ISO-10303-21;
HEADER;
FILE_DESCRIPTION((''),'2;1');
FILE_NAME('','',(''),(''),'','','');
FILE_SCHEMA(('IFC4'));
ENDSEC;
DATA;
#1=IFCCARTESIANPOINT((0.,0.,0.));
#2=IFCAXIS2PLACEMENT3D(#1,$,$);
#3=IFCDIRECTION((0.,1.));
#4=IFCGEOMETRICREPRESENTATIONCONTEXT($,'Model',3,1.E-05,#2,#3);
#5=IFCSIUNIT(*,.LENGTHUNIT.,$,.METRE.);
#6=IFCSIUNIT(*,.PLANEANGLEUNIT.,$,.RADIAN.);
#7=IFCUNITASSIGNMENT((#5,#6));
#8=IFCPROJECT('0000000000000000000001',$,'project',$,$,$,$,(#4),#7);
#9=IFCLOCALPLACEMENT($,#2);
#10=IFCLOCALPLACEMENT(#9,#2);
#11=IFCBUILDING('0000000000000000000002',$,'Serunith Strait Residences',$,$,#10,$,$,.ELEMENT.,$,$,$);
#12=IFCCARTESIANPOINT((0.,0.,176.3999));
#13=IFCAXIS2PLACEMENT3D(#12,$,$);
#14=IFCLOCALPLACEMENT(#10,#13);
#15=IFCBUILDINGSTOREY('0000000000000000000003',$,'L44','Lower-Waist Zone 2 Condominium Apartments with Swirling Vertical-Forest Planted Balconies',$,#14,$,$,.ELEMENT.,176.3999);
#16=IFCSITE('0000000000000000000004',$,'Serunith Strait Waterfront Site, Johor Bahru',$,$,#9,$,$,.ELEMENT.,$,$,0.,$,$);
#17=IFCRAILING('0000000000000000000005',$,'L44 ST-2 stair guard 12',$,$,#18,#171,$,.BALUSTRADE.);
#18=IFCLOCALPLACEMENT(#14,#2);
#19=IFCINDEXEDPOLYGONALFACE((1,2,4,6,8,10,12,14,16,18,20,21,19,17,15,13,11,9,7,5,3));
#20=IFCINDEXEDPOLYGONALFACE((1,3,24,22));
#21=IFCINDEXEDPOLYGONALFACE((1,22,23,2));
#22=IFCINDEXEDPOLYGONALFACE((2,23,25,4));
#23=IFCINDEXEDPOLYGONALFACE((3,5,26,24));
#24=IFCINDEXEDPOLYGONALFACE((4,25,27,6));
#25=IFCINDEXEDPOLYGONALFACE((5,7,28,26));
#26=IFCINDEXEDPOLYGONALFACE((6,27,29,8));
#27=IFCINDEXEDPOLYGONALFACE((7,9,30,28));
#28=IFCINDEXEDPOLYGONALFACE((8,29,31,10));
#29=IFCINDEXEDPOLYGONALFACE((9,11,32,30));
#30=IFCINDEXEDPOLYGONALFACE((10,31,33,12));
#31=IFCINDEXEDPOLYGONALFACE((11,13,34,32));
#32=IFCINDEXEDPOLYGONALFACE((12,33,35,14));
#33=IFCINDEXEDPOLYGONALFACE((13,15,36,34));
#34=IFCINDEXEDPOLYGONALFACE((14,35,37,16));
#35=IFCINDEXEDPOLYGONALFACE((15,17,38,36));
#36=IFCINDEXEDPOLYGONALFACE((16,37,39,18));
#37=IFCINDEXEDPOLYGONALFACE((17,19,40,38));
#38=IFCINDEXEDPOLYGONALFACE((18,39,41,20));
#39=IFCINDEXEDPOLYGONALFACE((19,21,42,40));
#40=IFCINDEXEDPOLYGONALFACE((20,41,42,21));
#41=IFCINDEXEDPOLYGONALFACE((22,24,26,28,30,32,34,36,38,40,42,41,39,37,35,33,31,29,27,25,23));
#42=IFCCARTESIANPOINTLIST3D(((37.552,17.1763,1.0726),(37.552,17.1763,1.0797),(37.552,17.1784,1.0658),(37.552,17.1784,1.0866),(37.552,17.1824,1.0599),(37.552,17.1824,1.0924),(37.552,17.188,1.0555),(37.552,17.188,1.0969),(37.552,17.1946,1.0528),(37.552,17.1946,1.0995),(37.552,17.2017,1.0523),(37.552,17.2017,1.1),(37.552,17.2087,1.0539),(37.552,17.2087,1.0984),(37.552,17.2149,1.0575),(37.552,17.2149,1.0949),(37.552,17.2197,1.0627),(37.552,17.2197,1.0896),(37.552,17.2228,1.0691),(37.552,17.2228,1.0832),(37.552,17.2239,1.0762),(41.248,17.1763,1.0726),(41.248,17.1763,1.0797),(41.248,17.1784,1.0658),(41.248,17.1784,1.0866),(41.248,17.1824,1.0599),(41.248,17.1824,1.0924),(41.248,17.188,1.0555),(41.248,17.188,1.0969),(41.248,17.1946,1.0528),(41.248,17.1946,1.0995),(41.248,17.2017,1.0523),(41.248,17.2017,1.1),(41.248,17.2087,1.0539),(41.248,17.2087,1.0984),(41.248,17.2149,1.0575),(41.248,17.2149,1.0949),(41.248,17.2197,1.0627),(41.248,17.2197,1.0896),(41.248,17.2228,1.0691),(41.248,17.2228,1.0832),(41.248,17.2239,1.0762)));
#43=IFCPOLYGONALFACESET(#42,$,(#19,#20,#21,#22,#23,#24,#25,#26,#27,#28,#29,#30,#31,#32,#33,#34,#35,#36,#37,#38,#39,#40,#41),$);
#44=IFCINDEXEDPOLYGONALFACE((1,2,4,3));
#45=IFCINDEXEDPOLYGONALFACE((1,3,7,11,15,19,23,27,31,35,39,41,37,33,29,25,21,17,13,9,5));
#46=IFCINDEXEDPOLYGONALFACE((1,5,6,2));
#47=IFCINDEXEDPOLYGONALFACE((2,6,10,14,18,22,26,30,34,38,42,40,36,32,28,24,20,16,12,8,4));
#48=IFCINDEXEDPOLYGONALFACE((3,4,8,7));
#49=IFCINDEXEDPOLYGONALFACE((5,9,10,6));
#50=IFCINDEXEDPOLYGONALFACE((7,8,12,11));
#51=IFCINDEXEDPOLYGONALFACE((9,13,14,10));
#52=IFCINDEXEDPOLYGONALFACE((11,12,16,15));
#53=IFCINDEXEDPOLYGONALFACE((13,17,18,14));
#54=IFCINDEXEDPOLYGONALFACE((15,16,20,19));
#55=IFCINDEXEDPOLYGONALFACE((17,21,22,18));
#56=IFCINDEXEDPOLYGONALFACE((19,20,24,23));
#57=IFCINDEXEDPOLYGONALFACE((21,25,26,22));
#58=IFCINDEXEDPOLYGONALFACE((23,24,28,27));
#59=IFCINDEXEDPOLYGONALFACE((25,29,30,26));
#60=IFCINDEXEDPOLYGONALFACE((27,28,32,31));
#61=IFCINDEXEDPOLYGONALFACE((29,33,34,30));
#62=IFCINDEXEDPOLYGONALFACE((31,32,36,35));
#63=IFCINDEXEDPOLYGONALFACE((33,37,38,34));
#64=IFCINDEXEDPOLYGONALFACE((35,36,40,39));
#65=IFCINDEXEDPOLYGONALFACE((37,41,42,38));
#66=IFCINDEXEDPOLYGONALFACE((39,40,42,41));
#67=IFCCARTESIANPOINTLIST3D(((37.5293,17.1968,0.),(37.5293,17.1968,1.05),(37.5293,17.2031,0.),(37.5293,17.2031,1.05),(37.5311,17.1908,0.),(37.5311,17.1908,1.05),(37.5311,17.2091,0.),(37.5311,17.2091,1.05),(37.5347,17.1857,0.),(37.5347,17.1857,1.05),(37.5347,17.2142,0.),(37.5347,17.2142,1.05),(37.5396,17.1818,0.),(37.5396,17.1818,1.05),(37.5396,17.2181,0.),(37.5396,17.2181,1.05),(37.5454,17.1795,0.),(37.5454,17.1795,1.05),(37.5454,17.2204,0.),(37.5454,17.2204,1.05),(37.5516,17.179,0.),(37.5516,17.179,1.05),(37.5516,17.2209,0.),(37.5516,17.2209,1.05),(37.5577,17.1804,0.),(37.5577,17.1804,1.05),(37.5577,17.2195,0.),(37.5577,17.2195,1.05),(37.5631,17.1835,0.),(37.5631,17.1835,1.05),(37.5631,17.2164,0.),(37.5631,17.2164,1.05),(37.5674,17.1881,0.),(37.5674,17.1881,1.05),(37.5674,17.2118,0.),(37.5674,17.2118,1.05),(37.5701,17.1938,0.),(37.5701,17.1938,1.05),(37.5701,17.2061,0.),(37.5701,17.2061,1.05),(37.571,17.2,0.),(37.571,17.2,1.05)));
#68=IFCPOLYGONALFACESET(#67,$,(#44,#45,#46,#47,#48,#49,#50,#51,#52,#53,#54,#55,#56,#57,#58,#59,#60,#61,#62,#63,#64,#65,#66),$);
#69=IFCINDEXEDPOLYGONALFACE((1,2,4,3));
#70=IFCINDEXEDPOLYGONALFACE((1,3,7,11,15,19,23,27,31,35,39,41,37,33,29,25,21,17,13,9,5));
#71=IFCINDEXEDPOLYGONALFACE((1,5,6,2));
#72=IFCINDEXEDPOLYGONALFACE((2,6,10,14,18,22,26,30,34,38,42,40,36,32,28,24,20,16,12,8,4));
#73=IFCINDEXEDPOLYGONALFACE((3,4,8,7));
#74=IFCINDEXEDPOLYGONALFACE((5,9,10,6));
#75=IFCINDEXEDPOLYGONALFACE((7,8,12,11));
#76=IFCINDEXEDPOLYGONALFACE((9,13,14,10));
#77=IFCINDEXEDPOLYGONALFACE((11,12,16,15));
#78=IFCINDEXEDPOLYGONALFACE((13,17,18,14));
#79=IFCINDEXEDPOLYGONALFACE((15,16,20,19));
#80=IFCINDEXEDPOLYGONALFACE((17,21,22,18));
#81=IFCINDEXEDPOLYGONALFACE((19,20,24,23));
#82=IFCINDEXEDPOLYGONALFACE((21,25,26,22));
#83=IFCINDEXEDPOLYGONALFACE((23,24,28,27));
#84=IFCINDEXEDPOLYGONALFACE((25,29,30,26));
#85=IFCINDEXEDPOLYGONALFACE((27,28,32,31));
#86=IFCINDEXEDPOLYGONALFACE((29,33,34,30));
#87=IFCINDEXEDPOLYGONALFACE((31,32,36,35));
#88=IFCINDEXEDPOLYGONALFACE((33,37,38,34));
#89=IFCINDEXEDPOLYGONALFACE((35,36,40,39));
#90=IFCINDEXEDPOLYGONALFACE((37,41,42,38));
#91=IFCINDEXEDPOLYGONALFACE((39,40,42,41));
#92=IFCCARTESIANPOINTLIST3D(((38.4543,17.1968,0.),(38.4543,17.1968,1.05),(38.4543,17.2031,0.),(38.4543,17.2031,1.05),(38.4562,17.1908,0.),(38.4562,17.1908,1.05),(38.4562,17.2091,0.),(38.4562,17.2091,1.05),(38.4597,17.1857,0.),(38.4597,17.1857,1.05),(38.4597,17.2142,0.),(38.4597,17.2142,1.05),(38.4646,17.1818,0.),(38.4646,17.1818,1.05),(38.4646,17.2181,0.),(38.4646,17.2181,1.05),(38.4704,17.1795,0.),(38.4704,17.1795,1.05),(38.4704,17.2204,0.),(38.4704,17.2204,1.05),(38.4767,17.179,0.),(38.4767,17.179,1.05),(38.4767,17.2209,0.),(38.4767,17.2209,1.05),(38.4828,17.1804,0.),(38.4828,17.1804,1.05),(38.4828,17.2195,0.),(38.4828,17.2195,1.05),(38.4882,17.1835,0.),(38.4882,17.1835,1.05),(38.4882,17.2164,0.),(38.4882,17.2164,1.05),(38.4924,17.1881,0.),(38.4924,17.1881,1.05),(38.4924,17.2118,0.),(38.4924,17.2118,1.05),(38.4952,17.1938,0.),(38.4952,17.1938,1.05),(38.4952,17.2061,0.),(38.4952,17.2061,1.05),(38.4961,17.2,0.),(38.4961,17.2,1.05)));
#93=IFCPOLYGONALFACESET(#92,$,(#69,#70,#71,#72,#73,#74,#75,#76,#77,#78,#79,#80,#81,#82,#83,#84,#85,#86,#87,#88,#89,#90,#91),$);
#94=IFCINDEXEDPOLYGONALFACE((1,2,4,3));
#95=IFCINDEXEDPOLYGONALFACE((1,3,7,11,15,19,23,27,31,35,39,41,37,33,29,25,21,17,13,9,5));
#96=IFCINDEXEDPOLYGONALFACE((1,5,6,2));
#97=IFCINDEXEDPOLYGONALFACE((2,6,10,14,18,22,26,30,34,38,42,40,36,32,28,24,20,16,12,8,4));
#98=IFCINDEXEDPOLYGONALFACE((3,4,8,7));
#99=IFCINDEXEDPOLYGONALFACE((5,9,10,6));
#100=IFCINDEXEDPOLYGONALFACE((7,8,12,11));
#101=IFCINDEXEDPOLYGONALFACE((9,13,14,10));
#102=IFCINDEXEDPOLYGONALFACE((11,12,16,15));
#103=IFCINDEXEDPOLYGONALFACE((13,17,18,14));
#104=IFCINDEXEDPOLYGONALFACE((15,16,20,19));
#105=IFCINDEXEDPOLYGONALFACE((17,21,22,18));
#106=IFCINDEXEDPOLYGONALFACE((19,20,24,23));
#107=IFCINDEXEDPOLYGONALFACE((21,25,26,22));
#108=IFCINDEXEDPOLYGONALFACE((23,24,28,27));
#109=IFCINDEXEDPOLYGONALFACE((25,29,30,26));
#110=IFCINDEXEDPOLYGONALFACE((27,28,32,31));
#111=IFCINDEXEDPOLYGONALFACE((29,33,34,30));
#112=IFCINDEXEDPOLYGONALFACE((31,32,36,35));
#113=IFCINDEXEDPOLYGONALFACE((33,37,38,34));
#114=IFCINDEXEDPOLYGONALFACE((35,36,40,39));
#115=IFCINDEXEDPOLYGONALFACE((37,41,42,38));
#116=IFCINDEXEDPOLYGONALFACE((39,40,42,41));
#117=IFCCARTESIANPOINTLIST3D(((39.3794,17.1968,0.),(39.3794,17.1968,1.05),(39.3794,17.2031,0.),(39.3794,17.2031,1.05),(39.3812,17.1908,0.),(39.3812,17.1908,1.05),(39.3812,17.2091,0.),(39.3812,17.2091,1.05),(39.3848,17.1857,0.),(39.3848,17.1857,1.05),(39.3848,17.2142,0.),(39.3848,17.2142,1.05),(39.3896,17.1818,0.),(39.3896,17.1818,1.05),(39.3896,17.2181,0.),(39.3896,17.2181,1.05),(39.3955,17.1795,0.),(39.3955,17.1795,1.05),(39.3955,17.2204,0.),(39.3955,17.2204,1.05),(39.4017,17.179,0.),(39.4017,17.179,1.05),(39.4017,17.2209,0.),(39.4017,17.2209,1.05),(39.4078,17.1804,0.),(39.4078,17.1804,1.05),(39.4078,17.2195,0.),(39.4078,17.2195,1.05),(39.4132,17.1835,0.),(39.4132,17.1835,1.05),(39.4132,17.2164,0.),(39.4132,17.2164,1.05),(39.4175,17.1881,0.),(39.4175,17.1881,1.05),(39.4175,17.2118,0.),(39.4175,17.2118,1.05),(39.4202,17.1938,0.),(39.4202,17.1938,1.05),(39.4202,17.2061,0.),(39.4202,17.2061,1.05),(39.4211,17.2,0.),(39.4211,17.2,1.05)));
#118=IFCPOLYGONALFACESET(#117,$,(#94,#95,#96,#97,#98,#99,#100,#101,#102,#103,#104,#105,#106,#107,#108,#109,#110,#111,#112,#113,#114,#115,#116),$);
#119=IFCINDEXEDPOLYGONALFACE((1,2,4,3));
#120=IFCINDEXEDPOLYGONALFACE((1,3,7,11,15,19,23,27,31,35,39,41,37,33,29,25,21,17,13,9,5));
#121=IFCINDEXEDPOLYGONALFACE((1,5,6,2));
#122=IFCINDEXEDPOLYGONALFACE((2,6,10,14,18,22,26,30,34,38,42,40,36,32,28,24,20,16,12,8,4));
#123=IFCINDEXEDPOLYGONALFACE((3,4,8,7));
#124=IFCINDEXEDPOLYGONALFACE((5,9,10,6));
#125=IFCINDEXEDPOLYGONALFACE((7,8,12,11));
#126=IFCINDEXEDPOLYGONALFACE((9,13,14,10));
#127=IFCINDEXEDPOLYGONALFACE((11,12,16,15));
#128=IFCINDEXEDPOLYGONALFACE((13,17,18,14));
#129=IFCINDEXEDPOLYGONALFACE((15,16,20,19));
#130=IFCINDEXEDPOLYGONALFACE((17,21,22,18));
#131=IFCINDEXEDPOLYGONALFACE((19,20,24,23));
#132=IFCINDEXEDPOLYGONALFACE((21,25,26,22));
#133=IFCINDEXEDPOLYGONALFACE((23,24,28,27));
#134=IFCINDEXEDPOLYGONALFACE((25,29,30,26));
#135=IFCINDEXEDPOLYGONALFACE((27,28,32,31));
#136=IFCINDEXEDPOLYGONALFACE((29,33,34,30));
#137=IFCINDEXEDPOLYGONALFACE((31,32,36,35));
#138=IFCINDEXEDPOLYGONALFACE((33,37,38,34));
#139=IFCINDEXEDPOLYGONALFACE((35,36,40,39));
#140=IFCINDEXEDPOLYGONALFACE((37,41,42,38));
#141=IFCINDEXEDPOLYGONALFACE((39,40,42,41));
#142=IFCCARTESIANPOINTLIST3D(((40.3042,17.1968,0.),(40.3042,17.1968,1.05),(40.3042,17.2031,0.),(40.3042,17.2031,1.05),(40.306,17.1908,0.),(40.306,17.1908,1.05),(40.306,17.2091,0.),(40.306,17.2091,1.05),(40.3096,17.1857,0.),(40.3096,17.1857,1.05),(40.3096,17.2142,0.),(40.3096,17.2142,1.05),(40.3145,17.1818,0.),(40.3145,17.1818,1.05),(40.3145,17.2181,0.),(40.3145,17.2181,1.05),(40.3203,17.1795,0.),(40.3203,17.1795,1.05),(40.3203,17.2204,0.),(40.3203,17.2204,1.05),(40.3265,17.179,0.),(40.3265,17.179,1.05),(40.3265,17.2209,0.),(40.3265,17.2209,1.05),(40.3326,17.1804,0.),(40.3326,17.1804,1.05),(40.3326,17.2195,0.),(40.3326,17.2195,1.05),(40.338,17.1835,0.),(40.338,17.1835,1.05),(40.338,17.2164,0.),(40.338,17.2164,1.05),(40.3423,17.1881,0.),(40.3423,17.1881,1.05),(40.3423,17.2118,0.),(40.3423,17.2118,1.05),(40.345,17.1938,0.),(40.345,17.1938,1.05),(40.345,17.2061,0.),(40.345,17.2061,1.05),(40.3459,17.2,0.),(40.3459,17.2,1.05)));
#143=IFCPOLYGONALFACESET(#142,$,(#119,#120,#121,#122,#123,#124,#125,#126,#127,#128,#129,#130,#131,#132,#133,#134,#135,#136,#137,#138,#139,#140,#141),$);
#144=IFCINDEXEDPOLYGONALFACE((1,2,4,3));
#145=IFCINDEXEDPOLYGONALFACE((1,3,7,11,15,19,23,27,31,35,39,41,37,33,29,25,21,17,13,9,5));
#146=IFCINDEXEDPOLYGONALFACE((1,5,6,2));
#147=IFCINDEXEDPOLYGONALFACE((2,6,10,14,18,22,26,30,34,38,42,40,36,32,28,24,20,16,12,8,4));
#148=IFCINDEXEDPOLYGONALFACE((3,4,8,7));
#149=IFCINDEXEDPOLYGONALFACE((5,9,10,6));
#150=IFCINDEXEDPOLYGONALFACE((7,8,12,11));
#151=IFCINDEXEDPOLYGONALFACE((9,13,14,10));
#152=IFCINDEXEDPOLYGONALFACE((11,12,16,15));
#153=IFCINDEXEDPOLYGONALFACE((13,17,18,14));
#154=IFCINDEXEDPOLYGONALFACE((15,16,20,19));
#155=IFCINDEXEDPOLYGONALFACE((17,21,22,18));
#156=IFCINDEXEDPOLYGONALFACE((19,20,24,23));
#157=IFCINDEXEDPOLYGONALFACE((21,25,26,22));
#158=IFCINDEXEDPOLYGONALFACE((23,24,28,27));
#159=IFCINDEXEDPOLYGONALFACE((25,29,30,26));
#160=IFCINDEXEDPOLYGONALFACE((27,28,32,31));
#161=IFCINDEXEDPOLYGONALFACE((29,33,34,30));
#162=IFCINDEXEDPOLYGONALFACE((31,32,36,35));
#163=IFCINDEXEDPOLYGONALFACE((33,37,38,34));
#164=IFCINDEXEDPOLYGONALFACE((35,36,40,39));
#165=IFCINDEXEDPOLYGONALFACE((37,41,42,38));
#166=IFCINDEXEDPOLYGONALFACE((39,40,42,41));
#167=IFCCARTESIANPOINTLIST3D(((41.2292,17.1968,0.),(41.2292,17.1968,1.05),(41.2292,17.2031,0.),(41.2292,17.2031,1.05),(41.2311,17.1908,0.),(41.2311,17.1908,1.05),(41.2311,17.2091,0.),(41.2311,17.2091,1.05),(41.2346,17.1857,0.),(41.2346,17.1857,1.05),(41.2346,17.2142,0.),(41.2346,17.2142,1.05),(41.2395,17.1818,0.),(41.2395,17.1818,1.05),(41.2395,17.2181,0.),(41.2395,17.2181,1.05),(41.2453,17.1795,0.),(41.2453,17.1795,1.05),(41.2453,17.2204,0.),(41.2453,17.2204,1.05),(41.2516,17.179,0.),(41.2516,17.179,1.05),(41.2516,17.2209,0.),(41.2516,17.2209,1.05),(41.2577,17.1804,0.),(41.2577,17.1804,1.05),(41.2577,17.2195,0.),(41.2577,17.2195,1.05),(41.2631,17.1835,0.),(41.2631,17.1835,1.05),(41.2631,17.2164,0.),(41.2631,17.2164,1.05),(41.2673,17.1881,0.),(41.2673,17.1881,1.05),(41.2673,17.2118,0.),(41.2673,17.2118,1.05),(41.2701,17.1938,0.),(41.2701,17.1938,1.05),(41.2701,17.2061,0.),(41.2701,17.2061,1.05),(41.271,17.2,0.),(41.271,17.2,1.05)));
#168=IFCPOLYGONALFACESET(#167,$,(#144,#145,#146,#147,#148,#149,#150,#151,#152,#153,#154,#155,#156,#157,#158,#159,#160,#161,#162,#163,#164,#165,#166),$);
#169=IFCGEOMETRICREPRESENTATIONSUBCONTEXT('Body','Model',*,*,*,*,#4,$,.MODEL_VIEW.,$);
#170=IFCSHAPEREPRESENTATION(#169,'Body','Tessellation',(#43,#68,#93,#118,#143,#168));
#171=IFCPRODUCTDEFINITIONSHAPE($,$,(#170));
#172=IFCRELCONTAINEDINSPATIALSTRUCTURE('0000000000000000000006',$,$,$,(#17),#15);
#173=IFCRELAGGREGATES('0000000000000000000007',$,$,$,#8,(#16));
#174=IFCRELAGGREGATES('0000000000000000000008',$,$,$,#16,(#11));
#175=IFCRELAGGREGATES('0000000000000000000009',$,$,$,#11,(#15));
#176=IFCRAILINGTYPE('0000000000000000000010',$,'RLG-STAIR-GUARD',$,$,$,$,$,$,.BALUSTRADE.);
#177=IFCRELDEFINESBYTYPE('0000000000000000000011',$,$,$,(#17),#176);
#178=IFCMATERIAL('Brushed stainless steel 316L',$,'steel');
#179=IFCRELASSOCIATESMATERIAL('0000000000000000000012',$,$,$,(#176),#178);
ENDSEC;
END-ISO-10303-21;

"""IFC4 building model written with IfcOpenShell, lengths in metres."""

from ifc_helpers import new_model, si_unit, direction, frame, origin, origin_2d, place, context, subcontext, project, spatial, circle, extrude, material, type_object, element, save


model = new_model("IFC4")

# Units and contexts
model_context = context("Model", 3, precision=1e-05, world=origin(), true_north=direction((0.0, 1.0)))
body_context = subcontext(model_context, "Body", "Model", "MODEL_VIEW")
ifc_project = project(units=[si_unit("LENGTHUNIT", "METRE"), si_unit("PLANEANGLEUNIT", "RADIAN")], contexts=[model_context])

# Site, building, storey
site_placement = place(None, origin())
site = spatial("IfcSite", under=ifc_project, at=site_placement, Name="Serunith Strait Waterfront Site, Johor Bahru", CompositionType="ELEMENT", RefElevation=0.0)
building_placement = place(site_placement, origin())
building = spatial("IfcBuilding", under=site, at=building_placement, Name="Serunith Strait Residences", CompositionType="ELEMENT")
storey_placement = place(building_placement, frame((0.0, 0.0, 176.3999)))
storey = spatial("IfcBuildingStorey", under=building, at=storey_placement, Name="L44", Description="Lower-Waist Zone 2 Condominium Apartments with Swirling Vertical-Forest Planted Balconies", CompositionType="ELEMENT", Elevation=176.3999)

# Railing
ifc_material_1 = material(Name="Brushed stainless steel 316L", Category="steel")
railing_type_1 = type_object("IfcRailingType", Name="RLG-STAIR-GUARD", PredefinedType="BALUSTRADE", material=ifc_material_1)
railing_1_placement = place(storey_placement, frame((37.55, 17.2, 0.0)))
element("IfcRailing", 1, at=railing_1_placement, inside=storey, type_object=railing_type_1, Name="L44 ST-2 stair guard 12", PredefinedType="BALUSTRADE", context=body_context, shape_type="SweptSolid", body=[
    extrude(circle(Radius=0.0239, at=origin_2d()), frame((0.002, 0.0, 1.0762), z_axis=(1.0, 0.0, 0.0), x_axis=(0.0, 1.0, 0.0)), (0.0, 0.0, 1.0), 3.696),
    extrude(circle(Radius=0.021, at=origin_2d()), origin(), (0.0, 0.0, 1.0), 1.05),
    extrude(circle(Radius=0.021, at=origin_2d()), frame((0.925, 0.0, 0.0)), (0.0, 0.0, 1.0), 1.05),
    extrude(circle(Radius=0.021, at=origin_2d()), frame((1.8501, 0.0, 0.0)), (0.0, 0.0, 1.0), 1.05),
    extrude(circle(Radius=0.021, at=origin_2d()), frame((2.7749, 0.0, 0.0)), (0.0, 0.0, 1.0), 1.05),
    extrude(circle(Radius=0.021, at=origin_2d()), frame((3.7, 0.0, 0.0)), (0.0, 0.0, 1.0), 1.05),
])

save(model, "model.ifc")
